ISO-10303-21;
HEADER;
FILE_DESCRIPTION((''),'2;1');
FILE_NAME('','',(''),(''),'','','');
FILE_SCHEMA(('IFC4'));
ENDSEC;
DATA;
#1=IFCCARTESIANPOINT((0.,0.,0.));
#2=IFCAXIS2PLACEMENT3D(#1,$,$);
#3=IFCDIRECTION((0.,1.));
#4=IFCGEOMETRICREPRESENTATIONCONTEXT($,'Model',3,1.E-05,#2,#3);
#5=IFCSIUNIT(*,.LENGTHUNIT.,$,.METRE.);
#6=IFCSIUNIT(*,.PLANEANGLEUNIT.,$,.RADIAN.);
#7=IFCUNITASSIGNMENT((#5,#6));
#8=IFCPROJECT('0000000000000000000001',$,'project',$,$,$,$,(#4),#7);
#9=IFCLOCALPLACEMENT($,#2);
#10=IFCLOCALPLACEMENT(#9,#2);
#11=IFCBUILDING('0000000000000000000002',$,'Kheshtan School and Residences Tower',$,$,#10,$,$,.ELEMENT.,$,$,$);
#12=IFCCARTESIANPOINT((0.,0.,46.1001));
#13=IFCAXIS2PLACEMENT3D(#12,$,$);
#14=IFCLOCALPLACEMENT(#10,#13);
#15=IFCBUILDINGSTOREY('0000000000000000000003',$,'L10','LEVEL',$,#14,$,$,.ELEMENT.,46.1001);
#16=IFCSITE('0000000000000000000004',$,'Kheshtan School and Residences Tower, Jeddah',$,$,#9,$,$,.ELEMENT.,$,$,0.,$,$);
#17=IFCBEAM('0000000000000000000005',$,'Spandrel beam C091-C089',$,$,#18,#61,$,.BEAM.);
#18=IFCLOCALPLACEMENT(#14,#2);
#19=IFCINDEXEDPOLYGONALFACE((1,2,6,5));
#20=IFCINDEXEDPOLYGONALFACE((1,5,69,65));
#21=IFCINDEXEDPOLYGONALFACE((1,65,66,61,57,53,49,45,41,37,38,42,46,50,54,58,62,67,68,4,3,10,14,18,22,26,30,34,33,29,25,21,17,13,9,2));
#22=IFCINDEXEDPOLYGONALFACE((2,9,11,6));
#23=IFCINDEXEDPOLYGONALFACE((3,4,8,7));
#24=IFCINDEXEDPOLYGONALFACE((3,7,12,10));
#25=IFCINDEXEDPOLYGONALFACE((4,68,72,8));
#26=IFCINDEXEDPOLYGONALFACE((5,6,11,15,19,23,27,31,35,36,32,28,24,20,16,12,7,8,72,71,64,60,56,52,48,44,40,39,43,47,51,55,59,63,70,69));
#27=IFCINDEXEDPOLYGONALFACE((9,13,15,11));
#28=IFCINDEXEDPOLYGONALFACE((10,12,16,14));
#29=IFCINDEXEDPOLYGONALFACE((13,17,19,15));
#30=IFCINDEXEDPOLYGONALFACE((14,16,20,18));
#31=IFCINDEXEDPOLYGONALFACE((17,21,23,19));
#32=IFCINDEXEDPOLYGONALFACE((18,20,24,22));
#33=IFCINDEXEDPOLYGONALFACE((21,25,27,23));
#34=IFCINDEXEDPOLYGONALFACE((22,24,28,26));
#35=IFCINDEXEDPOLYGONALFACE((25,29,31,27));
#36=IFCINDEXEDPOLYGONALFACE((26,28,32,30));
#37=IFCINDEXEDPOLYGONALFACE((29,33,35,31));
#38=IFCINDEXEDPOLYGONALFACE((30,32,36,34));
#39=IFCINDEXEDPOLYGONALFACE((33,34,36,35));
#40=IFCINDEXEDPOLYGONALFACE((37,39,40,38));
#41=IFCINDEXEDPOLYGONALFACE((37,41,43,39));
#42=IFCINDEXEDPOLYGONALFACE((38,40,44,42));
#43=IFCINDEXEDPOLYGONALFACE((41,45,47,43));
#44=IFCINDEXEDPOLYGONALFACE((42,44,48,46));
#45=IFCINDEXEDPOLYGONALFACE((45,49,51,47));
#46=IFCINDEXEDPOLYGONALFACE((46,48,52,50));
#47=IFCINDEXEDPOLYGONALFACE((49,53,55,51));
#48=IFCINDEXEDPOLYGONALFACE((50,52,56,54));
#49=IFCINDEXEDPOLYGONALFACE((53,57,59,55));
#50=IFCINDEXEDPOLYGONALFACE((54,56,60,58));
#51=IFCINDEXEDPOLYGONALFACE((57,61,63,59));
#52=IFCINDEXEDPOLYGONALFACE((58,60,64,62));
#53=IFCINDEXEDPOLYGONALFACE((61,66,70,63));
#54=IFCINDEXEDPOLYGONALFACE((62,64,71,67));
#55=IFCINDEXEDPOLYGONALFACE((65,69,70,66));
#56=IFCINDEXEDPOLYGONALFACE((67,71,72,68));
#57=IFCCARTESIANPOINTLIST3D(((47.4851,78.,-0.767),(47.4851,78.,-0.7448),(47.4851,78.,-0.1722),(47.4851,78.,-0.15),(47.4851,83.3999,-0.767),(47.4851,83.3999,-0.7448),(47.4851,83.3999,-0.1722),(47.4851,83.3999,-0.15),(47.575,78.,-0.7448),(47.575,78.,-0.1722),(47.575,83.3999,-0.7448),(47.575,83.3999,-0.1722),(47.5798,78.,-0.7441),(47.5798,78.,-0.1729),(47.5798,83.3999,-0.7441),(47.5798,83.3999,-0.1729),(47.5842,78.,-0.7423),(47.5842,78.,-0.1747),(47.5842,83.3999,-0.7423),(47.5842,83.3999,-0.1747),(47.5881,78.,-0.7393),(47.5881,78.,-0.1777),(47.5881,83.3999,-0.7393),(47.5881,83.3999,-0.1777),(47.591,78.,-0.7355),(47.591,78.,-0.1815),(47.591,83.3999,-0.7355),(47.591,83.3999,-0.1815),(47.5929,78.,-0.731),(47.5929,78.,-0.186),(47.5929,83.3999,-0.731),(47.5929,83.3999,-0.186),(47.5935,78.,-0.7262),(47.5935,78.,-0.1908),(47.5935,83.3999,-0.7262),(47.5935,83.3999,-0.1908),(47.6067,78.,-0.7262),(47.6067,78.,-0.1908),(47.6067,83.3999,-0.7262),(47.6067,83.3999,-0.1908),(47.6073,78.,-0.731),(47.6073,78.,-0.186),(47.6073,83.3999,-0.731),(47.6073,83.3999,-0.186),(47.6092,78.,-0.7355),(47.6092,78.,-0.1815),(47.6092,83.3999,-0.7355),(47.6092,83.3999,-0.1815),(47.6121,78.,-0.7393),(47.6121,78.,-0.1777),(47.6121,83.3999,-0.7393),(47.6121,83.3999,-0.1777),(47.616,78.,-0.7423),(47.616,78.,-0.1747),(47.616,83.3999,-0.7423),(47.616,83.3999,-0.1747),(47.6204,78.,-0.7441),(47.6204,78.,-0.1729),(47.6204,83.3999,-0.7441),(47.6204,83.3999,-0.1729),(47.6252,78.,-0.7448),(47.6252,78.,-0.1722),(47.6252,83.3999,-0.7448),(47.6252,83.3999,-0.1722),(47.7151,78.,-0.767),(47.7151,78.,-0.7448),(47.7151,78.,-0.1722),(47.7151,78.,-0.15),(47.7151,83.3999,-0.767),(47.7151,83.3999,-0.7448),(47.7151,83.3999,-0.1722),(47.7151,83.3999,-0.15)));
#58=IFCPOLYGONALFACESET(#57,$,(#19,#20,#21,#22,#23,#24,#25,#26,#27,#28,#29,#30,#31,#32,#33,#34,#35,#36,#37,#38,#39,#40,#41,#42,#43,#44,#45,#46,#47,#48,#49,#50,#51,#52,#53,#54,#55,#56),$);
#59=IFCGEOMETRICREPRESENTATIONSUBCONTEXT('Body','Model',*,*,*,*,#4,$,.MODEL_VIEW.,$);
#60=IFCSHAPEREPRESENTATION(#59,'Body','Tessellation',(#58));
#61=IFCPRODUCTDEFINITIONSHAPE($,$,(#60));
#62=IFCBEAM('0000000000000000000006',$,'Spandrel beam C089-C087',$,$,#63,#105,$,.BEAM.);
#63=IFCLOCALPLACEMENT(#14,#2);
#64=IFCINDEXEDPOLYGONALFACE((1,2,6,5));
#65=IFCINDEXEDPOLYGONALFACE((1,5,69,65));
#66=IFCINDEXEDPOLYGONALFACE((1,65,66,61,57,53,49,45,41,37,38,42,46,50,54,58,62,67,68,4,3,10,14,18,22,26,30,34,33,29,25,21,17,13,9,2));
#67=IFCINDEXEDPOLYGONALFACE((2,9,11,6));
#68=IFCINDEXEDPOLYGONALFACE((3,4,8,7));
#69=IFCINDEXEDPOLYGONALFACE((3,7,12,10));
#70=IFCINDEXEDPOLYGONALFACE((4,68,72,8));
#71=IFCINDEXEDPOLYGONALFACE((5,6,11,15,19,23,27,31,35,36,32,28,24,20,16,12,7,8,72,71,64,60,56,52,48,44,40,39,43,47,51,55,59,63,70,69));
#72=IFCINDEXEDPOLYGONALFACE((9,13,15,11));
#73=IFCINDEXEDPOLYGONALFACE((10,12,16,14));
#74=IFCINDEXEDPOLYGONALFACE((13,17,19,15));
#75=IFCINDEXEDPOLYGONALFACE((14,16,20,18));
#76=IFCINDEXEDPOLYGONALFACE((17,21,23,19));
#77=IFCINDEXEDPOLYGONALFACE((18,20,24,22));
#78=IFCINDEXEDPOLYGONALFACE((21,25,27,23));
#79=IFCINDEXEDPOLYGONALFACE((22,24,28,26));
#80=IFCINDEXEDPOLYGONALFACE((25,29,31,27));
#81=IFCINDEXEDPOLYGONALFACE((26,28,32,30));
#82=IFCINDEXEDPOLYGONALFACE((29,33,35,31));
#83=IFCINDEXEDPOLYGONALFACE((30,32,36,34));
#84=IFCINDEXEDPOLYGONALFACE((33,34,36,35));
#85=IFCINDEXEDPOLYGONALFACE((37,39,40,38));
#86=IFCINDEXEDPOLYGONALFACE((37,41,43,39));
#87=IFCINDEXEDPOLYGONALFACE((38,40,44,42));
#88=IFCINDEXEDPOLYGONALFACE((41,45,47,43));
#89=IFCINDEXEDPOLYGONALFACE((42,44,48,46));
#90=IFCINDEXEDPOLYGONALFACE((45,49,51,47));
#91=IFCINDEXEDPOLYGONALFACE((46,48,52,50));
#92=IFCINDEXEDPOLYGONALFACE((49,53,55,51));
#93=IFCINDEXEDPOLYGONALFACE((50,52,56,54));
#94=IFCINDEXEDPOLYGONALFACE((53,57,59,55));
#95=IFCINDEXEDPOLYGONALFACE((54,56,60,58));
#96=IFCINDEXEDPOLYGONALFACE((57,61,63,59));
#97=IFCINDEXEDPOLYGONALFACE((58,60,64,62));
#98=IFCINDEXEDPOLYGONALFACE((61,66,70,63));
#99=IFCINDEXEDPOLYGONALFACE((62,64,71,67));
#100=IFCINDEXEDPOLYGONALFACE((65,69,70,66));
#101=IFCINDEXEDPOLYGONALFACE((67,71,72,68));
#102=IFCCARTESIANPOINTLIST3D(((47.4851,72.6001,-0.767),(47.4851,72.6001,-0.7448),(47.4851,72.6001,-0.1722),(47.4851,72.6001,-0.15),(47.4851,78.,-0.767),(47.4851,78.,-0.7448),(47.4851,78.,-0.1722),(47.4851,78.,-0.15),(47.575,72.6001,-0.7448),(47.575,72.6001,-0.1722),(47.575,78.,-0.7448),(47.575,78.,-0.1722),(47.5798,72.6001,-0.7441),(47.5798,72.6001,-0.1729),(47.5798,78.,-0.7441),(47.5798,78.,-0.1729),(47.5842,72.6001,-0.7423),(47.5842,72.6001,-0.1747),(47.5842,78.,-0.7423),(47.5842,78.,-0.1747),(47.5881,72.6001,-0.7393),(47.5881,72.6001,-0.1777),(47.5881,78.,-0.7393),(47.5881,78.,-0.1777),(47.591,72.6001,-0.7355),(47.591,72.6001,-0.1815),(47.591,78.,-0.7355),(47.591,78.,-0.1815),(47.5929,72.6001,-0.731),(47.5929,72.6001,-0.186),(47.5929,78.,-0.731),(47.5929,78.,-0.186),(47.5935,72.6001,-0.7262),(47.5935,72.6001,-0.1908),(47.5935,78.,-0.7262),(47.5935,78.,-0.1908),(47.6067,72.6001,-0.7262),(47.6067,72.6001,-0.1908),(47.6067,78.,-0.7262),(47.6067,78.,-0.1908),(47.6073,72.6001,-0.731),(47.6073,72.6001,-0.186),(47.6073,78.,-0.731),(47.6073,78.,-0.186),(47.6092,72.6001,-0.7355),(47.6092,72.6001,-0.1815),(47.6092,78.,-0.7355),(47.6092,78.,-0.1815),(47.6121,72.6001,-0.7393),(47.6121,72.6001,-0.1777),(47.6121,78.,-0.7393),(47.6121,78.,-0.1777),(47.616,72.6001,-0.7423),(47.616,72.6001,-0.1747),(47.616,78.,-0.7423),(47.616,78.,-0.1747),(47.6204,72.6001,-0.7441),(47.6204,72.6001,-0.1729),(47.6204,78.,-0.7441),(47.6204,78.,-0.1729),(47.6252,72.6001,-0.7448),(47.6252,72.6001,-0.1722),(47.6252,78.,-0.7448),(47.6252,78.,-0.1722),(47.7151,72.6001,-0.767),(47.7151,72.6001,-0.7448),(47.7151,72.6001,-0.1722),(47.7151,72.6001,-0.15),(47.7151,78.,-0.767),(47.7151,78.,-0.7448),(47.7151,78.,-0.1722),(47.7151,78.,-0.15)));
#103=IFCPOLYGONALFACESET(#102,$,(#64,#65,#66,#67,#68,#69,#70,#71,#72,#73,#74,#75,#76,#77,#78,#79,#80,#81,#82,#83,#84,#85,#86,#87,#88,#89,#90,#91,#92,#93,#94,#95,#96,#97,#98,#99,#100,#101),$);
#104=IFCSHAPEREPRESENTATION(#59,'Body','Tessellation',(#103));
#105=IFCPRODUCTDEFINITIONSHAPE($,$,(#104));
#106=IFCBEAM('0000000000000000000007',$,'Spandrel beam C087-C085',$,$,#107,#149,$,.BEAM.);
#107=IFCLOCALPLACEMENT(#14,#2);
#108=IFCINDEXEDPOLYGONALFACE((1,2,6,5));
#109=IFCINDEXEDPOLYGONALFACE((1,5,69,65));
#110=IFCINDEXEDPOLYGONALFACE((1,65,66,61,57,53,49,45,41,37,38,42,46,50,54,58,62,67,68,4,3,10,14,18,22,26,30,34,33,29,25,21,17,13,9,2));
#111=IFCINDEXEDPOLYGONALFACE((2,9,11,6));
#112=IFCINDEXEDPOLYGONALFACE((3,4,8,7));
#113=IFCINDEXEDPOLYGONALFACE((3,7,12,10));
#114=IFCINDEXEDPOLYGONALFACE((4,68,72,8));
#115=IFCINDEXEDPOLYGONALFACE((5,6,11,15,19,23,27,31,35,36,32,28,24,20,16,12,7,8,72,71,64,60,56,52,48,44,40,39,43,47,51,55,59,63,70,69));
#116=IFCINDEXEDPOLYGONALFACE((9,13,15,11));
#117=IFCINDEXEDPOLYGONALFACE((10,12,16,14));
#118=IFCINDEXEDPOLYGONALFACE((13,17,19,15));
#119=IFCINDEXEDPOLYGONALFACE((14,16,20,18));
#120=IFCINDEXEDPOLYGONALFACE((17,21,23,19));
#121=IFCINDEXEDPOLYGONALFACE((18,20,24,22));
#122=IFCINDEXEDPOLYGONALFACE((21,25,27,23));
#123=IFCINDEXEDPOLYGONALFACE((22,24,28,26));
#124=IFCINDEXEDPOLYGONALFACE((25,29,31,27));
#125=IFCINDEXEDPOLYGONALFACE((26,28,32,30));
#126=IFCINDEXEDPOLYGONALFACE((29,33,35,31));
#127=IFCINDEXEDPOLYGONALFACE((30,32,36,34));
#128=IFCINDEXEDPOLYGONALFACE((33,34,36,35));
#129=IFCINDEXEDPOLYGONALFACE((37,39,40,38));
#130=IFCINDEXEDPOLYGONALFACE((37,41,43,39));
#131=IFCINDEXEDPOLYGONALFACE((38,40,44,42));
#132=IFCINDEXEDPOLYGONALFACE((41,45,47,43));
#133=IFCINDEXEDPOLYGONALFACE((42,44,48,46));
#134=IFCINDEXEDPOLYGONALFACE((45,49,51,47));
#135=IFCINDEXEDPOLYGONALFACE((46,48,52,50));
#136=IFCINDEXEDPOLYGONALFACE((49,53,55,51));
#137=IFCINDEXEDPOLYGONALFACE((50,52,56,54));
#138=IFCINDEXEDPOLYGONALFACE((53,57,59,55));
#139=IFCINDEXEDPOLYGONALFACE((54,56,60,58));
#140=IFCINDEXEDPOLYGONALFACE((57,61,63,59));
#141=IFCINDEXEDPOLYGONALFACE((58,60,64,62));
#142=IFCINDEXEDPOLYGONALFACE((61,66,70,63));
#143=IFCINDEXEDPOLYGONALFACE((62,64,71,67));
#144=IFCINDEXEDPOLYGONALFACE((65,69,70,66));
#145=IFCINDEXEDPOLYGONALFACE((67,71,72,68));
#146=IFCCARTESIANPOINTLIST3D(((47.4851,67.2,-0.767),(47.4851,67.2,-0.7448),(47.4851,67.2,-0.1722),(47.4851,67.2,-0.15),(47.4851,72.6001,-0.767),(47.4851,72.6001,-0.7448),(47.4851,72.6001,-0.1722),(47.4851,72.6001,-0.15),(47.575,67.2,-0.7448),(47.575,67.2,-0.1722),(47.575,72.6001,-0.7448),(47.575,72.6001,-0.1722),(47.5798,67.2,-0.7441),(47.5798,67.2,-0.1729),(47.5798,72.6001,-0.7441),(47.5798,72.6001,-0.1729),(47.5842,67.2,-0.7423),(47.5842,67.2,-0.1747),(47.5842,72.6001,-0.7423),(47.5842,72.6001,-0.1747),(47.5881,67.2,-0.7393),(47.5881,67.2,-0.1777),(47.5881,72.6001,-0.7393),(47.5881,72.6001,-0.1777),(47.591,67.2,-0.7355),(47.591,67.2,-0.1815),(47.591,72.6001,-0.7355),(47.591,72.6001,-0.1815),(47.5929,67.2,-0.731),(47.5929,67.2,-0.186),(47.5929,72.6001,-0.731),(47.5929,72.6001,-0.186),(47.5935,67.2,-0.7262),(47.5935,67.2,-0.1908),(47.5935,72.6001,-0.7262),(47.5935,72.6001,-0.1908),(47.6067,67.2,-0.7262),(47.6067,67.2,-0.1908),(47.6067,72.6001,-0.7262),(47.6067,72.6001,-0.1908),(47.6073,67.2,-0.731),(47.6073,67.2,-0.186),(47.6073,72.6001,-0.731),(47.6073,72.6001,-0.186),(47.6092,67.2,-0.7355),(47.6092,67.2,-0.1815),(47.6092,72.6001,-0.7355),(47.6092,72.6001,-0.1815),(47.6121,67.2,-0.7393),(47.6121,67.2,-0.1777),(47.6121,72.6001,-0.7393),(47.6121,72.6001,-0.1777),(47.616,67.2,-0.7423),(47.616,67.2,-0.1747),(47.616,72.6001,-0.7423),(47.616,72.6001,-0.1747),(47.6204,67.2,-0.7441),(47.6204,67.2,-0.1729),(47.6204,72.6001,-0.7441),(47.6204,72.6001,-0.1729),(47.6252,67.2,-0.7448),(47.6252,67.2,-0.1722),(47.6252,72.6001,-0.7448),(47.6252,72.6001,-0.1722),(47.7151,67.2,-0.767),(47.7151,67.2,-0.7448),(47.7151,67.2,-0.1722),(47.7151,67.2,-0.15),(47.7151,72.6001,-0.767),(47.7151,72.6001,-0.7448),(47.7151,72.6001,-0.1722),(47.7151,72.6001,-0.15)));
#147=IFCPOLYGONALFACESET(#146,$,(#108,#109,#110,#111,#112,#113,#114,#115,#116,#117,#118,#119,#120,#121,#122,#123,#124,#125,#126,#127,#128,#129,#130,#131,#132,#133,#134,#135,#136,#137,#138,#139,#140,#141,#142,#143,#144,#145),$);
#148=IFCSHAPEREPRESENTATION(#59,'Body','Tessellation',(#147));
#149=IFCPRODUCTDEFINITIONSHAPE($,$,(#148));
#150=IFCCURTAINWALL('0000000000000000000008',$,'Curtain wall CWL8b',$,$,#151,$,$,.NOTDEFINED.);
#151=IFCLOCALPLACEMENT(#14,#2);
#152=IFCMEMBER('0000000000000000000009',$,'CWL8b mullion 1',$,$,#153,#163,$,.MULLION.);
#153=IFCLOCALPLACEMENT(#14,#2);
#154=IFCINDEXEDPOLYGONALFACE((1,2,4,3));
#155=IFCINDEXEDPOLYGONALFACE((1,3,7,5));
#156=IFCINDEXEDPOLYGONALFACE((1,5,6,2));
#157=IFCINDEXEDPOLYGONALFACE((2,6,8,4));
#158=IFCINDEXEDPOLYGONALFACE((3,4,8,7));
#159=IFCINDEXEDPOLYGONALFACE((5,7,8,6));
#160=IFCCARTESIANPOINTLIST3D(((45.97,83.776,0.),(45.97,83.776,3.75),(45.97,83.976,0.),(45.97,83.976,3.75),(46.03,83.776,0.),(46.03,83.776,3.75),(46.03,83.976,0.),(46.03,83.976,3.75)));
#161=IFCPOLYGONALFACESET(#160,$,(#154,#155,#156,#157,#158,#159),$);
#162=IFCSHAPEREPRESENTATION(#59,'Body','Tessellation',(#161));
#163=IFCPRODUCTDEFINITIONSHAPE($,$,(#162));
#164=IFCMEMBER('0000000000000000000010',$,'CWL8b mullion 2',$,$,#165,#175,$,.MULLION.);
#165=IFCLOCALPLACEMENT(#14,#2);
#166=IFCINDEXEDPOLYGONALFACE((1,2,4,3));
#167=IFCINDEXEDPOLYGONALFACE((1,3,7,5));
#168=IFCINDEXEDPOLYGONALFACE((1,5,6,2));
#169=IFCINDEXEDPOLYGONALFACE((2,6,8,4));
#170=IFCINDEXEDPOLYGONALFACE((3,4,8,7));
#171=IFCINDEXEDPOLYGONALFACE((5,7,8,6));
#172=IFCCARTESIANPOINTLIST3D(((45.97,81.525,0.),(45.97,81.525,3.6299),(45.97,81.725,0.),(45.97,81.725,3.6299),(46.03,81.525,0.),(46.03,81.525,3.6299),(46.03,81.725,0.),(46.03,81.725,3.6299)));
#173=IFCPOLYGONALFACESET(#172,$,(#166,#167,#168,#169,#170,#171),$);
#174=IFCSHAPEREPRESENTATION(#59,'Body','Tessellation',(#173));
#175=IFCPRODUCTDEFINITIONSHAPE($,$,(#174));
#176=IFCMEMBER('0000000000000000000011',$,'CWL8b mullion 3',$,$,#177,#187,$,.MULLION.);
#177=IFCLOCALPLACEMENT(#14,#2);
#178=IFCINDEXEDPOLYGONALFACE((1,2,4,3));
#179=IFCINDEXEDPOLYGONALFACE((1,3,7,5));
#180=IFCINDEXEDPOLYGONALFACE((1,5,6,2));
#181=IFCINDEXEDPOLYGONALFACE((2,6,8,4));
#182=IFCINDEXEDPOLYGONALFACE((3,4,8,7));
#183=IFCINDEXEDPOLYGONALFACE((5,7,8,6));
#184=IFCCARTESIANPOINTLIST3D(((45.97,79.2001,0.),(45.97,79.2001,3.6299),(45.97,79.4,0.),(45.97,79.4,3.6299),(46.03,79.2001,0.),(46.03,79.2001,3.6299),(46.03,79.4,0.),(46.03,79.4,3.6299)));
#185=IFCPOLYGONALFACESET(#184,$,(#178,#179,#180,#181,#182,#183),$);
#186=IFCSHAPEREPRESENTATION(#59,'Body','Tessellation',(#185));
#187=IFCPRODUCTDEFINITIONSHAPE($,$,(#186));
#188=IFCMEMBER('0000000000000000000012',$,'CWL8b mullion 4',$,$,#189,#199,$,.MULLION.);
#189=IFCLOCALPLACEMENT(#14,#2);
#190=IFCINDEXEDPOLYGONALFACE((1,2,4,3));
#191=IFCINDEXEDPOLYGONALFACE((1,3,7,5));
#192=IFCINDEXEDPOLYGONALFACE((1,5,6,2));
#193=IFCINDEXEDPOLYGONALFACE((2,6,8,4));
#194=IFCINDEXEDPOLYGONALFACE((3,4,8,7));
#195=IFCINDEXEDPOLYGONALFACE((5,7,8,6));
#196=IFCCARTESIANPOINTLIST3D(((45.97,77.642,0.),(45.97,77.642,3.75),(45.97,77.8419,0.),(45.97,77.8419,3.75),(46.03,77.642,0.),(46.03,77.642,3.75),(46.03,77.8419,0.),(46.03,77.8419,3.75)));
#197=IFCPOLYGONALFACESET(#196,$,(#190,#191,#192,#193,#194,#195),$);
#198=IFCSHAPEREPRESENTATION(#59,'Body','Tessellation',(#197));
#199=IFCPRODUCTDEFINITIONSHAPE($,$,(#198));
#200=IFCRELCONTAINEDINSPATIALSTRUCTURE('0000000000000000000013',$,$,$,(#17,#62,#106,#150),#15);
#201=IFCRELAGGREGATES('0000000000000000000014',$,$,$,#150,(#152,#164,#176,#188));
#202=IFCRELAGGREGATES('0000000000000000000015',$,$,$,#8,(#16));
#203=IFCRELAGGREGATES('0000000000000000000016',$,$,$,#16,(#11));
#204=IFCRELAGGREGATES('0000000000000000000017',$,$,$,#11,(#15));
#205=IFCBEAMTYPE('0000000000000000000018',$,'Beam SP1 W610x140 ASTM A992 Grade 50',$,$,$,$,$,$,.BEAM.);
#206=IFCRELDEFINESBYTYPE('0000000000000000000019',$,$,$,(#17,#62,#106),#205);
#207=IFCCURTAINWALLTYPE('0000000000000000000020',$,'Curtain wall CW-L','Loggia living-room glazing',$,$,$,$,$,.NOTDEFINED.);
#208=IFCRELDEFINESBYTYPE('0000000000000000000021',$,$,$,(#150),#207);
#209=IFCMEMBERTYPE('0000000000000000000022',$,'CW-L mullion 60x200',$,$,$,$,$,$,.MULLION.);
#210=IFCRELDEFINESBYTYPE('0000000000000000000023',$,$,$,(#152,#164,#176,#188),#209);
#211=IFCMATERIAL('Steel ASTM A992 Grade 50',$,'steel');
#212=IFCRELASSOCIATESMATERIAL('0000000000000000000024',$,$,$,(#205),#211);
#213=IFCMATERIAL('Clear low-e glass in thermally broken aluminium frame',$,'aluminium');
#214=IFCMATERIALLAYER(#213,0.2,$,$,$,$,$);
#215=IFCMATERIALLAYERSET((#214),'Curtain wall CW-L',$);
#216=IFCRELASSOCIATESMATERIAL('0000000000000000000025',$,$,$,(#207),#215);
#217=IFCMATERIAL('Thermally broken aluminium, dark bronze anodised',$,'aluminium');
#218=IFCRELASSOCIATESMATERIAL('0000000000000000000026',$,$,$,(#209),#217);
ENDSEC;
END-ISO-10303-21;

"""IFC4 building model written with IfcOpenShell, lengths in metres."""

from ifc_helpers import new_model, si_unit, direction, frame, origin, origin_2d, place, context, subcontext, project, spatial, rectangle, i_section, extrude, material, layer, layer_set, material_profile, profile_set, type_object, element, aggregate, save


model = new_model("IFC4")

# Units and contexts
model_context = context("Model", 3, precision=1e-05, world=origin(), true_north=direction((0.0, 1.0)))
body_context = subcontext(model_context, "Body", "Model", "MODEL_VIEW")
ifc_project = project(units=[si_unit("LENGTHUNIT", "METRE"), si_unit("PLANEANGLEUNIT", "RADIAN")], contexts=[model_context])

# Site, building, storey
site_placement = place(None, origin())
site = spatial("IfcSite", under=ifc_project, at=site_placement, Name="Kheshtan School and Residences Tower, Jeddah", CompositionType="ELEMENT", RefElevation=0.0)
building_placement = place(site_placement, origin())
building = spatial("IfcBuilding", under=site, at=building_placement, Name="Kheshtan School and Residences Tower", CompositionType="ELEMENT")
storey_placement = place(building_placement, frame((0.0, 0.0, 46.1001)))
storey = spatial("IfcBuildingStorey", under=building, at=storey_placement, Name="L10", Description="LEVEL", CompositionType="ELEMENT", Elevation=46.1001)

# Shared definitions
ifc_material_1 = material(Name="Steel ASTM A992 Grade 50", Category="steel")

# Beams
ifc_material_profile_1 = material_profile(ifc_material_1, i_section(OverallWidth=0.23, OverallDepth=0.6169, WebThickness=0.0132, FlangeThickness=0.0222, FilletRadius=0.0186, at=origin_2d()), Name="W610x140")
ifc_profile_set_1 = profile_set([ifc_material_profile_1], Name="Steel ASTM A992 Grade 50")
beam_type_1 = type_object("IfcBeamType", Name="Beam SP1 W610x140 ASTM A992 Grade 50", PredefinedType="BEAM", material=ifc_profile_set_1)
for number, where, z_axis, x_axis, name in (
    (1, (47.6001, 83.3999, -0.4585), (0.0, -1.0, 0.0), (1.0, 0.0, 0.0), "Spandrel beam C091-C089"),
    (2, (47.6001, 78.0, -0.4585), (0.0, -1.0, 0.0), (1.0, 0.0, 0.0), "Spandrel beam C089-C087"),
):
    element("IfcBeam", number, at=place(storey_placement, frame(where, z_axis=z_axis, x_axis=x_axis)), inside=storey, type_object=beam_type_1, Name=name, PredefinedType="BEAM", context=body_context, shape_type="SweptSolid", body=[
        extrude(i_section(OverallWidth=0.23, OverallDepth=0.6169, WebThickness=0.0132, FlangeThickness=0.0222, FilletRadius=0.0186, at=origin_2d()), origin(), (0.0, 0.0, 1.0), 5.3999),
    ])
beam_1_placement = place(storey_placement, frame((47.6001, 72.6001, -0.4585), z_axis=(0.0, -1.0, 0.0), x_axis=(1.0, 0.0, 0.0)))
element("IfcBeam", 3, at=beam_1_placement, inside=storey, type_object=beam_type_1, Name="Spandrel beam C087-C085", PredefinedType="BEAM", context=body_context, shape_type="SweptSolid", body=[
    extrude(i_section(OverallWidth=0.23, OverallDepth=0.6169, WebThickness=0.0132, FlangeThickness=0.0222, FilletRadius=0.0186, at=origin_2d()), origin(), (0.0, 0.0, 1.0), 5.4001),
])

# Curtain wall, members
ifc_material_2 = material(Name="Clear low-e glass in thermally broken aluminium frame", Category="aluminium")
ifc_layer_1 = layer(ifc_material_2, 0.2)
ifc_layer_set_1 = layer_set([ifc_layer_1], Name="Curtain wall CW-L")
curtain_wall_type = type_object("IfcCurtainWallType", Name="Curtain wall CW-L", Description="Loggia living-room glazing", PredefinedType="NOTDEFINED", material=ifc_layer_set_1)
curtain_wall_1_placement = place(storey_placement, origin())
curtain_wall_1 = element("IfcCurtainWall", 4, at=curtain_wall_1_placement, inside=storey, type_object=curtain_wall_type, Name="Curtain wall CWL8b", PredefinedType="NOTDEFINED")
ifc_material_3 = material(Name="Thermally broken aluminium, dark bronze anodised", Category="aluminium")
ifc_material_profile_2 = material_profile(ifc_material_3, rectangle(XDim=0.0601, YDim=0.2, at=origin_2d()), Name="CW-L mullion 60x200")
ifc_profile_set_2 = profile_set([ifc_material_profile_2], Name="Thermally broken aluminium, dark bronze anodised")
member_type_1 = type_object("IfcMemberType", Name="CW-L mullion 60x200", PredefinedType="MULLION", material=ifc_profile_set_2)
member_1_placement = place(storey_placement, frame((46.0, 83.876, 0.0), z_axis=(0.0, 0.0, 1.0), x_axis=(1.0, 0.0, 0.0)))
member_1 = element("IfcMember", 5, at=member_1_placement, type_object=member_type_1, Name="CWL8b mullion 1", PredefinedType="MULLION", context=body_context, shape_type="SweptSolid", body=[
    extrude(rectangle(XDim=0.0601, YDim=0.2, at=origin_2d()), origin(), (0.0, 0.0, 1.0), 3.75),
])
member_2_placement = place(storey_placement, frame((46.0, 81.625, 0.0), z_axis=(0.0, 0.0, 1.0), x_axis=(1.0, 0.0, 0.0)))
member_2 = element("IfcMember", 6, at=member_2_placement, type_object=member_type_1, Name="CWL8b mullion 2", PredefinedType="MULLION", context=body_context, shape_type="SweptSolid", body=[
    extrude(rectangle(XDim=0.0601, YDim=0.2, at=origin_2d()), origin(), (0.0, 0.0, 1.0), 3.6299),
])
member_3_placement = place(storey_placement, frame((46.0, 79.3, 0.0), z_axis=(0.0, 0.0, 1.0), x_axis=(1.0, 0.0, 0.0)))
member_3 = element("IfcMember", 7, at=member_3_placement, type_object=member_type_1, Name="CWL8b mullion 3", PredefinedType="MULLION", context=body_context, shape_type="SweptSolid", body=[
    extrude(rectangle(XDim=0.0601, YDim=0.2, at=origin_2d()), origin(), (0.0, 0.0, 1.0), 3.6299),
])
member_4_placement = place(storey_placement, frame((46.0, 77.7419, 0.0), z_axis=(0.0, 0.0, 1.0), x_axis=(1.0, 0.0, 0.0)))
member_4 = element("IfcMember", 8, at=member_4_placement, type_object=member_type_1, Name="CWL8b mullion 4", PredefinedType="MULLION", context=body_context, shape_type="SweptSolid", body=[
    extrude(rectangle(XDim=0.0601, YDim=0.2, at=origin_2d()), origin(), (0.0, 0.0, 1.0), 3.75),
])

aggregate(curtain_wall_1, [member_1, member_2, member_3, member_4])

save(model, "model.ifc")
